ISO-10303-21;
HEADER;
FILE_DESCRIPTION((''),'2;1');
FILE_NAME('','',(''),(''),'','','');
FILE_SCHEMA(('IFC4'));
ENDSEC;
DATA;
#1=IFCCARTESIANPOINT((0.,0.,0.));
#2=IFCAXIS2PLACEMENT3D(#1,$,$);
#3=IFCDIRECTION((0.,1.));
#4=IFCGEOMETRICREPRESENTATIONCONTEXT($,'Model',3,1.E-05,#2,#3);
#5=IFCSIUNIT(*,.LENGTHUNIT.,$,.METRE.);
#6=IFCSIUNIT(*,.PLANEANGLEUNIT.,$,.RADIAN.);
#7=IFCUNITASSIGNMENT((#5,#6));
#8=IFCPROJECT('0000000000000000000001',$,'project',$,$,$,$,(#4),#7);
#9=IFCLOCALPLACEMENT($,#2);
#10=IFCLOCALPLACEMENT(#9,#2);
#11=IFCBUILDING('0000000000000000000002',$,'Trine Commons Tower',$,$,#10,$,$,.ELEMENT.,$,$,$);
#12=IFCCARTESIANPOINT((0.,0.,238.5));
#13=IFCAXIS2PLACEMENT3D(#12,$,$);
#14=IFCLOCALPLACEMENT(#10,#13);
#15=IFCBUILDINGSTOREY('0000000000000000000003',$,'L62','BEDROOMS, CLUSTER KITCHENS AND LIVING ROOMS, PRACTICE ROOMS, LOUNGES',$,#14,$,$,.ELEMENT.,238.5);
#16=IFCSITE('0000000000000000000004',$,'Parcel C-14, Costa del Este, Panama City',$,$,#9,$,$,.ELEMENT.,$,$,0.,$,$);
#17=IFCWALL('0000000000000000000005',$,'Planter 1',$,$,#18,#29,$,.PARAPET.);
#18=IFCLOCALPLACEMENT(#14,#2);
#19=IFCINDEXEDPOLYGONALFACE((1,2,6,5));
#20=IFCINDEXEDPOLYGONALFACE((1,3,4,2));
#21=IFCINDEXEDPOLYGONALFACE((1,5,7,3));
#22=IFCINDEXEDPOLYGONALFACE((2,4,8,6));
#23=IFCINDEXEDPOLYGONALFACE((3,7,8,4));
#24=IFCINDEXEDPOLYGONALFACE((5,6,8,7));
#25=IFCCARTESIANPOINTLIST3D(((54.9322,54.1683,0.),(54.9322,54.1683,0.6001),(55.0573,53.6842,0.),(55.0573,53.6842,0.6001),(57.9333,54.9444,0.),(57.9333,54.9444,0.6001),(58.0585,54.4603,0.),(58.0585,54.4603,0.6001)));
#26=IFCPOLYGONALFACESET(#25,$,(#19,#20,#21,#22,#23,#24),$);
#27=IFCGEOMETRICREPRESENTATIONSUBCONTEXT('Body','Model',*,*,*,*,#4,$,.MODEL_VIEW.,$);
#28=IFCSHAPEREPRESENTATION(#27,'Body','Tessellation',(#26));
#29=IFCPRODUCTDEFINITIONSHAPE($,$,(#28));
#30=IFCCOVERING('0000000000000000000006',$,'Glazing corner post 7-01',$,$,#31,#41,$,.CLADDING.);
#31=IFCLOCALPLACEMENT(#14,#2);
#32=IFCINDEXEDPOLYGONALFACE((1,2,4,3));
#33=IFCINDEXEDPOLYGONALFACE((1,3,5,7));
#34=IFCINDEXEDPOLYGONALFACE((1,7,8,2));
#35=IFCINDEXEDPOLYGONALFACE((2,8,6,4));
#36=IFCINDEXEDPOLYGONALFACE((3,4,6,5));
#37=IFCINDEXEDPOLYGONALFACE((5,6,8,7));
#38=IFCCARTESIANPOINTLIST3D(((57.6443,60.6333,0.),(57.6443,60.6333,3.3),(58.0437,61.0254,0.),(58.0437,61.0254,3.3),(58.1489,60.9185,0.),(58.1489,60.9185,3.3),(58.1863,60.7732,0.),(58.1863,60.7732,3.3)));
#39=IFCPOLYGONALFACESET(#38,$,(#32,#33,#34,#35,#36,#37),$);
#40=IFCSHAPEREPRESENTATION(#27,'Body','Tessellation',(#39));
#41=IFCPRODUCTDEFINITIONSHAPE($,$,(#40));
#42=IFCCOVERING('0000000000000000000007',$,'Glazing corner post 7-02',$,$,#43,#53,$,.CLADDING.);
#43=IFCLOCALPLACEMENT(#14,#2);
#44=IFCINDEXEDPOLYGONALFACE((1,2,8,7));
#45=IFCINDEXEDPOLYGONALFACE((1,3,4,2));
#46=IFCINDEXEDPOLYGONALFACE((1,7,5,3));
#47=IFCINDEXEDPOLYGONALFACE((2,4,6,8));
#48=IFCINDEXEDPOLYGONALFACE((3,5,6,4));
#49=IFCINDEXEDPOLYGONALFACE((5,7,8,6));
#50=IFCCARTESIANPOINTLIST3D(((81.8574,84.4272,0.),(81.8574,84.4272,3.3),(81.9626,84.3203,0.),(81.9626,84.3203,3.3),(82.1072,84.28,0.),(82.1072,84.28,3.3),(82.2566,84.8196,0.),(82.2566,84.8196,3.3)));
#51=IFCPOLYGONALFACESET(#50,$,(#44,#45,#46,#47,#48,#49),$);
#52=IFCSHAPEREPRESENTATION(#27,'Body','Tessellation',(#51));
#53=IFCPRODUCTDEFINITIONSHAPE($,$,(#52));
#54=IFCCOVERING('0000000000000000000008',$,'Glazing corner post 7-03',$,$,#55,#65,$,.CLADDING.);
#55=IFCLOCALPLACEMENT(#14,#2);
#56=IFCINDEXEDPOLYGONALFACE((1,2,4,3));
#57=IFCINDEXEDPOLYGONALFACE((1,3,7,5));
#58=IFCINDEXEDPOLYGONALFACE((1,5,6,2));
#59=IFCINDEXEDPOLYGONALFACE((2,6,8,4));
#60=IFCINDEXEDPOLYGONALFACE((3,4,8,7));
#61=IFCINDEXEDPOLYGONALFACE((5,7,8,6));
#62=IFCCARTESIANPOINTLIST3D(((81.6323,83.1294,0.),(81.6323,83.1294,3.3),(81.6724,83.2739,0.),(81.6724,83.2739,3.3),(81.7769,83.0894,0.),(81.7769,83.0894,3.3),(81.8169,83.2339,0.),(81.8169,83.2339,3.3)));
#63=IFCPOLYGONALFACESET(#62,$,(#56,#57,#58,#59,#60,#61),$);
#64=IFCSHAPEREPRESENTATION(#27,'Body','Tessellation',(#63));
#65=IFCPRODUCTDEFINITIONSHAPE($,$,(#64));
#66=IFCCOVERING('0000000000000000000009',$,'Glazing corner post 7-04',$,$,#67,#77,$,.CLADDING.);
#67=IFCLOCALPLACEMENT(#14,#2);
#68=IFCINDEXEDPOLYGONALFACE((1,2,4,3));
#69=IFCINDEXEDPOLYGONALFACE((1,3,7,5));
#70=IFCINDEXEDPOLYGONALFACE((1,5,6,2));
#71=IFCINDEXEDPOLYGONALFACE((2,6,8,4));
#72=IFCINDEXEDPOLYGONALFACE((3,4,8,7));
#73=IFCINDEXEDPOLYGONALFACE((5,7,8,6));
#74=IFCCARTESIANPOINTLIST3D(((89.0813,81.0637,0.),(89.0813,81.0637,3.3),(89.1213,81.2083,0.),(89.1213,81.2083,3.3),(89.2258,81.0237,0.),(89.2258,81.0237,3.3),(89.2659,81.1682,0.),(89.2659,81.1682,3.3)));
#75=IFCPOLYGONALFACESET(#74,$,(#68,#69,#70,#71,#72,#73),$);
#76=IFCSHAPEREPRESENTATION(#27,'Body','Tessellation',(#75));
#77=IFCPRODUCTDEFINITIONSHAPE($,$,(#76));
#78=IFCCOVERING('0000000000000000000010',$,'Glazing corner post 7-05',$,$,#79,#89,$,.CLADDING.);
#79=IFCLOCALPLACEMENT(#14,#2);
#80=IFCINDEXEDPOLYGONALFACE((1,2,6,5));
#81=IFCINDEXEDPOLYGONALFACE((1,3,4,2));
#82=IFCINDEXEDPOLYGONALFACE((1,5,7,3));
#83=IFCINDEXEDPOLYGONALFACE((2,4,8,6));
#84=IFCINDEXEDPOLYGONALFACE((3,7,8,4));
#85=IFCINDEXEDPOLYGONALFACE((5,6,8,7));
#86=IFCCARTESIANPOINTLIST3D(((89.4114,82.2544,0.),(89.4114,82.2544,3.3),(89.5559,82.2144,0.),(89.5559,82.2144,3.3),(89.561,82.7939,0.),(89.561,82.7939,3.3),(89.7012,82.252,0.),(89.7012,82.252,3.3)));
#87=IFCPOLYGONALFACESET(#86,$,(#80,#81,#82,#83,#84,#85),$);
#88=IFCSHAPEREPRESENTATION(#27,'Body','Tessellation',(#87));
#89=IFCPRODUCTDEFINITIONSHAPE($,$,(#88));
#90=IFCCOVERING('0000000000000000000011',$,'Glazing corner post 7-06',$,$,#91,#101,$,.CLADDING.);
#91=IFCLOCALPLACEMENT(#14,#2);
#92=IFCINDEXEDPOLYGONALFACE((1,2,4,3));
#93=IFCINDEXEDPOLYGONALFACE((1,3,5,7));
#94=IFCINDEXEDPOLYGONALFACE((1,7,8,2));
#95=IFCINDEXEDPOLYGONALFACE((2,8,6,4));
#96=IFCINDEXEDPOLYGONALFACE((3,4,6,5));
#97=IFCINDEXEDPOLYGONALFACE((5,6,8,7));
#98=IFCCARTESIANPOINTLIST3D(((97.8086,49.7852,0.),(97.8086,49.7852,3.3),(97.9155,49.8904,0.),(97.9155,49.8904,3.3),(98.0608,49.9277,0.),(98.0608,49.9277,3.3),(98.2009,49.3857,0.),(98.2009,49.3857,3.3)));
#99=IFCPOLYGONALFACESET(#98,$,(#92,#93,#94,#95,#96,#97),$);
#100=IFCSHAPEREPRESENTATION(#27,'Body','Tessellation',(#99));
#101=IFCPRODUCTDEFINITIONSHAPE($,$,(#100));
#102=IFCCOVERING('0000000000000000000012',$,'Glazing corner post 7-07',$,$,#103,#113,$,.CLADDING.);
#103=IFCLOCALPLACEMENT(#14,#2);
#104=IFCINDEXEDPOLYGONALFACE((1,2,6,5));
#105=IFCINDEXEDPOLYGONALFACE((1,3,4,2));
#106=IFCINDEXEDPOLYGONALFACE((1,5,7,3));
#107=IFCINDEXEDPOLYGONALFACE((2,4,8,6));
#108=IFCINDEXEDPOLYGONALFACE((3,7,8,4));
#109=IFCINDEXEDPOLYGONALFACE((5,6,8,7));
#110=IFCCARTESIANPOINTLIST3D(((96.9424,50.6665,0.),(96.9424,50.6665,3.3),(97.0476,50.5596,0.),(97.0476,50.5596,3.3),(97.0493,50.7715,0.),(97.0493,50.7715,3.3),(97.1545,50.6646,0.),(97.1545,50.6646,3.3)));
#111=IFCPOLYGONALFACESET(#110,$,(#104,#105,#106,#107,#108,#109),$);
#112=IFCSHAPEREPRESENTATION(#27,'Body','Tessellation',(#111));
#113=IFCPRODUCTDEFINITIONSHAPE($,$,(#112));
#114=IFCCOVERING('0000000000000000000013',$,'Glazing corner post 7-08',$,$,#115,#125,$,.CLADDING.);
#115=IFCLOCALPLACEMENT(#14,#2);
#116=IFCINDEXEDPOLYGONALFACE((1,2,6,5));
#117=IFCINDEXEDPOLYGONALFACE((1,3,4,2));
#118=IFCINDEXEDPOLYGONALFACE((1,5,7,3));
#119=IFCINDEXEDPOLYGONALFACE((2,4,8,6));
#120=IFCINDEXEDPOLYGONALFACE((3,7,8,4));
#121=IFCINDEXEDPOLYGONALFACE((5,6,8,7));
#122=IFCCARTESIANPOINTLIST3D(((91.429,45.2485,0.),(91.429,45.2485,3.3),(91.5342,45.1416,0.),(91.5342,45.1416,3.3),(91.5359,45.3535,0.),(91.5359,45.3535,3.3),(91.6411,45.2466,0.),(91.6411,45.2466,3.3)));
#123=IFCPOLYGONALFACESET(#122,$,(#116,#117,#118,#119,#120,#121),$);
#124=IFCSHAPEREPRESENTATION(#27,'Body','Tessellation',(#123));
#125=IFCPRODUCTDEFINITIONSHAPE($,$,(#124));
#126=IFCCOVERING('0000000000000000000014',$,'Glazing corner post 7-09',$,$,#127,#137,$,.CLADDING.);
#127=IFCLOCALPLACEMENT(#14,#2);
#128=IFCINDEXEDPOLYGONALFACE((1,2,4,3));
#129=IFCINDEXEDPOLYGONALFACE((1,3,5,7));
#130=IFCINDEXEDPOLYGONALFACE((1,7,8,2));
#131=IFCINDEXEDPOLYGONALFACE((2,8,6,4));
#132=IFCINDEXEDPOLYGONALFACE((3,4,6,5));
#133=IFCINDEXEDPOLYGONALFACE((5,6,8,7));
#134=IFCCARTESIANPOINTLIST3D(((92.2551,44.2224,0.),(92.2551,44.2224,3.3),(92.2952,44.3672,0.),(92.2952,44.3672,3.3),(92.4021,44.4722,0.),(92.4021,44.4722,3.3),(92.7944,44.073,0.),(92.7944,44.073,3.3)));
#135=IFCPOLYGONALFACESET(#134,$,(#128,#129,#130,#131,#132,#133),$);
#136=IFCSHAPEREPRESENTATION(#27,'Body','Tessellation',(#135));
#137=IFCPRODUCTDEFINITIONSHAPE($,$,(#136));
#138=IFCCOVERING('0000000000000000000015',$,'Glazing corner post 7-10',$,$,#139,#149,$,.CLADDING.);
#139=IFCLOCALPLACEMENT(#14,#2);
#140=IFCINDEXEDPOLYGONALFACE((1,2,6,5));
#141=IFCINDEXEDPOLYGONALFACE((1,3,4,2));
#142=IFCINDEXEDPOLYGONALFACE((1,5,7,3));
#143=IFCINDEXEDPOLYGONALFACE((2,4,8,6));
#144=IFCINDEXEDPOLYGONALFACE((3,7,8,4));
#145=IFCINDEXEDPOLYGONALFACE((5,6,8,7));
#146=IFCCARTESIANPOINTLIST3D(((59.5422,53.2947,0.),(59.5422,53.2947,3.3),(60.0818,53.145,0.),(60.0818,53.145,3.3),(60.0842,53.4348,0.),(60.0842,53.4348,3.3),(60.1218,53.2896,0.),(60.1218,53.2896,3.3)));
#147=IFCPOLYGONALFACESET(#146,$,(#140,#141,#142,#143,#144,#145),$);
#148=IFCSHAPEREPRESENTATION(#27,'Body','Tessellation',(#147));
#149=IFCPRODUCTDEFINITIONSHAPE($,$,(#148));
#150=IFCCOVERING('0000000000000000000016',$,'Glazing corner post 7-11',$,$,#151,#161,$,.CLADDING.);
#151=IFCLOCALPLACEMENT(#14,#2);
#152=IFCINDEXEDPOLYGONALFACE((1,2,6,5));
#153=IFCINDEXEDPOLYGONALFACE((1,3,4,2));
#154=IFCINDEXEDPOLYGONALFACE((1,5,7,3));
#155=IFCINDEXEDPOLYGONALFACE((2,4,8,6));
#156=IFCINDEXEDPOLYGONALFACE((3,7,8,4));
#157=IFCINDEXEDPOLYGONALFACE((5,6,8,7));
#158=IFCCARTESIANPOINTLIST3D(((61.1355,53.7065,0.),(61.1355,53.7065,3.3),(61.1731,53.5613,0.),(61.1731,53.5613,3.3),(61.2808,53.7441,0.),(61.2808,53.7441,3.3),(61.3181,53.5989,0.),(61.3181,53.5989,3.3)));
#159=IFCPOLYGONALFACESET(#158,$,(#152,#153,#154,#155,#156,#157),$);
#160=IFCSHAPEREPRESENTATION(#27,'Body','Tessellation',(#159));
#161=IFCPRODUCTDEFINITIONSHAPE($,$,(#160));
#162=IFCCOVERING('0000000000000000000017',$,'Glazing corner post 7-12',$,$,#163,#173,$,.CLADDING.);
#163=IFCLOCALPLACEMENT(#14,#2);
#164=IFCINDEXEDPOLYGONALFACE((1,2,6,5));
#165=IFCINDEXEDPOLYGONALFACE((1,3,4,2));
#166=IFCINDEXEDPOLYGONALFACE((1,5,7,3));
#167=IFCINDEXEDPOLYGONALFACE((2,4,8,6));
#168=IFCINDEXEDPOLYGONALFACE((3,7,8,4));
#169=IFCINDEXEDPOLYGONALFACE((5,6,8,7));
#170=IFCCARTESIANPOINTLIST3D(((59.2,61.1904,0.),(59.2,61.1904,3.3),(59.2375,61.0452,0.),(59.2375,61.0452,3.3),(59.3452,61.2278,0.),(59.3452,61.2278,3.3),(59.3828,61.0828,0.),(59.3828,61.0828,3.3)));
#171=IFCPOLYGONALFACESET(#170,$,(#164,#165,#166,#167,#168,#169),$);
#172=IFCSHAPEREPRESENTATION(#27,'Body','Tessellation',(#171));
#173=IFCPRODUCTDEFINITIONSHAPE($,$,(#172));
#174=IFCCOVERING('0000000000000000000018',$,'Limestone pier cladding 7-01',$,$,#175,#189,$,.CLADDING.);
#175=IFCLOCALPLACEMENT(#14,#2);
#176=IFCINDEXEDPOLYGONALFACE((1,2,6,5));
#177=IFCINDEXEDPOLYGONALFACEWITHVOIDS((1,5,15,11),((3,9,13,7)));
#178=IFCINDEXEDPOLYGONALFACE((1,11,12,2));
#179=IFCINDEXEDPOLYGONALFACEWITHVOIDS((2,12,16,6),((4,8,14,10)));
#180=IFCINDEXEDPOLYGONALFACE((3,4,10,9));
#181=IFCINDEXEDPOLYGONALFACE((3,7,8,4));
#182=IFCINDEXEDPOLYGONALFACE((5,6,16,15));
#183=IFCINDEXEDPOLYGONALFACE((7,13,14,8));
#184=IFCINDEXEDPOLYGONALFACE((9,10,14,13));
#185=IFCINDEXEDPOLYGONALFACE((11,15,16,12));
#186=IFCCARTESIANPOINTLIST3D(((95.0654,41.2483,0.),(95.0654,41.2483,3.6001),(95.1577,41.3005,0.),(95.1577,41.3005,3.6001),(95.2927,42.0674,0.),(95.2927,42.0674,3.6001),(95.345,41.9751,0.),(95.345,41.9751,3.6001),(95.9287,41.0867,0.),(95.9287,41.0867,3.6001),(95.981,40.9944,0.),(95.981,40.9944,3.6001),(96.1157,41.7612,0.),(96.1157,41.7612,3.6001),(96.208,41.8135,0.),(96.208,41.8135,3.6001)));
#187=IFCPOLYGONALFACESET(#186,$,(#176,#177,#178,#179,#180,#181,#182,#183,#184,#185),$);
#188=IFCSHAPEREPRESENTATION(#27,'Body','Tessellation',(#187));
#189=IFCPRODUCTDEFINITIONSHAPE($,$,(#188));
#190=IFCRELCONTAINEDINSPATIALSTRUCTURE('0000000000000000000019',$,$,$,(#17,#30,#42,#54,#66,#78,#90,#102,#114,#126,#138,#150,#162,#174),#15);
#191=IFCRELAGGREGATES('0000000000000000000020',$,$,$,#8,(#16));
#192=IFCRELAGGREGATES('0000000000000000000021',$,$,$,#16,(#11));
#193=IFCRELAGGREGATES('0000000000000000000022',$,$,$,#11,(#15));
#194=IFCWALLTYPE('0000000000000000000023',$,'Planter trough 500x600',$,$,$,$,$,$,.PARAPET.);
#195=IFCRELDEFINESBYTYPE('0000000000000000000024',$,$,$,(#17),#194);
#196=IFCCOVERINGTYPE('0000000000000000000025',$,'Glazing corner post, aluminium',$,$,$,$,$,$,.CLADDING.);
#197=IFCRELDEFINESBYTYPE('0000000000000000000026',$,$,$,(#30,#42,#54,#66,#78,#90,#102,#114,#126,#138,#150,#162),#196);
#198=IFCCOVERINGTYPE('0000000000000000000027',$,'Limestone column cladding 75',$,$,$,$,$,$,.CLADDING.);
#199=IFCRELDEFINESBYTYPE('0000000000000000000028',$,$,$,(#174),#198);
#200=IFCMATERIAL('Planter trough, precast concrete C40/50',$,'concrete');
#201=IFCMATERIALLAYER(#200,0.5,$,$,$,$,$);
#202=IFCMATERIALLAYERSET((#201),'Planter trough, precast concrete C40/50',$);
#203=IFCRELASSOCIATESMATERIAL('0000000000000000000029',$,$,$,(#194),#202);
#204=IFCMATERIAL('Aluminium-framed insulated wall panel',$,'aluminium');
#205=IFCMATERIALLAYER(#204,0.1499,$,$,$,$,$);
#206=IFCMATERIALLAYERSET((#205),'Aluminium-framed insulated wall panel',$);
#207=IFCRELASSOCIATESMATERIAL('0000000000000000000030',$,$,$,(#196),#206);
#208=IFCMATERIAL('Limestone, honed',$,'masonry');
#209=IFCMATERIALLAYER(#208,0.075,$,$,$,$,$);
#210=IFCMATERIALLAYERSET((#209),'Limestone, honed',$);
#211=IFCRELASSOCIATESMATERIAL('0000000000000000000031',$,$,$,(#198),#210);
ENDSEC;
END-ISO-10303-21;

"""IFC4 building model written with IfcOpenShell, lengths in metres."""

from ifc_helpers import new_model, si_unit, direction, frame, frame_2d, origin, place, context, subcontext, project, spatial, polyline, rectangle, outline, extrude, material, layer, layer_set, type_object, element, save


model = new_model("IFC4")

# Units and contexts
model_context = context("Model", 3, precision=1e-05, world=origin(), true_north=direction((0.0, 1.0)))
body_context = subcontext(model_context, "Body", "Model", "MODEL_VIEW")
ifc_project = project(units=[si_unit("LENGTHUNIT", "METRE"), si_unit("PLANEANGLEUNIT", "RADIAN")], contexts=[model_context])

# Site, building, storey
site_placement = place(None, origin())
site = spatial("IfcSite", under=ifc_project, at=site_placement, Name="Parcel C-14, Costa del Este, Panama City", CompositionType="ELEMENT", RefElevation=0.0)
building_placement = place(site_placement, origin())
building = spatial("IfcBuilding", under=site, at=building_placement, Name="Trine Commons Tower", CompositionType="ELEMENT")
storey_placement = place(building_placement, frame((0.0, 0.0, 238.5)))
storey = spatial("IfcBuildingStorey", under=building, at=storey_placement, Name="L62", Description="BEDROOMS, CLUSTER KITCHENS AND LIVING ROOMS, PRACTICE ROOMS, LOUNGES", CompositionType="ELEMENT", Elevation=238.5)

# Wall
ifc_material_1 = material(Name="Planter trough, precast concrete C40/50", Category="concrete")
ifc_layer_1 = layer(ifc_material_1, 0.5)
ifc_layer_set_1 = layer_set([ifc_layer_1], Name="Planter trough, precast concrete C40/50")
wall_type = type_object("IfcWallType", Name="Planter trough 500x600", PredefinedType="PARAPET", material=ifc_layer_set_1)
wall_placement = place(storey_placement, frame((54.9949, 53.9263, 0.0), z_axis=(0.0, 0.0, 1.0), x_axis=(0.968151, 0.250366, 0.0)))
element("IfcWall", 1, at=wall_placement, inside=storey, type_object=wall_type, Name="Planter 1", PredefinedType="PARAPET", context=body_context, shape_type="SweptSolid", body=[
    extrude(rectangle(XDim=3.0999, YDim=0.5, at=frame_2d((1.5498, 0.0))), origin(), (0.0, 0.0, 1.0), 0.6001),
])

# Coverings
ifc_material_2 = material(Name="Aluminium-framed insulated wall panel", Category="aluminium")
ifc_layer_2 = layer(ifc_material_2, 0.1499)
ifc_layer_set_2 = layer_set([ifc_layer_2], Name="Aluminium-framed insulated wall panel")
covering_type_1 = type_object("IfcCoveringType", Name="Glazing corner post, aluminium", PredefinedType="CLADDING", material=ifc_layer_set_2)
covering_1_placement = place(storey_placement, origin())
element("IfcCovering", 2, at=covering_1_placement, inside=storey, type_object=covering_type_1, Name="Glazing corner post 7-01", PredefinedType="CLADDING", context=body_context, shape_type="SweptSolid", body=[
    extrude(outline(polyline([(58.1863, 60.7732), (58.1489, 60.9185), (58.0437, 61.0254), (57.6443, 60.6333), (58.1863, 60.7732)])), origin(), (0.0, 0.0, 1.0), 3.3),
])
covering_2_placement = place(storey_placement, origin())
element("IfcCovering", 3, at=covering_2_placement, inside=storey, type_object=covering_type_1, Name="Glazing corner post 7-02", PredefinedType="CLADDING", context=body_context, shape_type="SweptSolid", body=[
    extrude(outline(polyline([(82.1072, 84.28), (82.2566, 84.8196), (81.8574, 84.4272), (81.9626, 84.3203), (82.1072, 84.28)])), origin(), (0.0, 0.0, 1.0), 3.3),
])
covering_3_placement = place(storey_placement, origin())
element("IfcCovering", 4, at=covering_3_placement, inside=storey, type_object=covering_type_1, Name="Glazing corner post 7-03", PredefinedType="CLADDING", context=body_context, shape_type="SweptSolid", body=[
    extrude(outline(polyline([(81.7769, 83.0894), (81.8169, 83.2339), (81.6724, 83.2739), (81.6323, 83.1294), (81.7769, 83.0894)])), origin(), (0.0, 0.0, 1.0), 3.3),
])
covering_4_placement = place(storey_placement, origin())
element("IfcCovering", 5, at=covering_4_placement, inside=storey, type_object=covering_type_1, Name="Glazing corner post 7-04", PredefinedType="CLADDING", context=body_context, shape_type="SweptSolid", body=[
    extrude(outline(polyline([(89.0813, 81.0637), (89.2258, 81.0237), (89.2659, 81.1682), (89.1213, 81.2083), (89.0813, 81.0637)])), origin(), (0.0, 0.0, 1.0), 3.3),
])
covering_5_placement = place(storey_placement, origin())
element("IfcCovering", 6, at=covering_5_placement, inside=storey, type_object=covering_type_1, Name="Glazing corner post 7-05", PredefinedType="CLADDING", context=body_context, shape_type="SweptSolid", body=[
    extrude(outline(polyline([(89.4114, 82.2544), (89.5559, 82.2144), (89.7012, 82.252), (89.561, 82.7939), (89.4114, 82.2544)])), origin(), (0.0, 0.0, 1.0), 3.3),
])
covering_6_placement = place(storey_placement, origin())
element("IfcCovering", 7, at=covering_6_placement, inside=storey, type_object=covering_type_1, Name="Glazing corner post 7-06", PredefinedType="CLADDING", context=body_context, shape_type="SweptSolid", body=[
    extrude(outline(polyline([(97.8086, 49.7852), (98.2009, 49.3857), (98.0608, 49.9277), (97.9155, 49.8904), (97.9155, 49.8904), (97.8086, 49.7852)])), origin(), (0.0, 0.0, 1.0), 3.3),
])
covering_7_placement = place(storey_placement, origin())
element("IfcCovering", 8, at=covering_7_placement, inside=storey, type_object=covering_type_1, Name="Glazing corner post 7-07", PredefinedType="CLADDING", context=body_context, shape_type="SweptSolid", body=[
    extrude(outline(polyline([(96.9424, 50.6665), (97.0476, 50.5596), (97.1545, 50.6646), (97.0493, 50.7715), (96.9424, 50.6665)])), origin(), (0.0, 0.0, 1.0), 3.3),
])
covering_8_placement = place(storey_placement, origin())
element("IfcCovering", 9, at=covering_8_placement, inside=storey, type_object=covering_type_1, Name="Glazing corner post 7-08", PredefinedType="CLADDING", context=body_context, shape_type="SweptSolid", body=[
    extrude(outline(polyline([(91.5342, 45.1416), (91.6411, 45.2466), (91.5359, 45.3535), (91.429, 45.2485), (91.5342, 45.1416)])), origin(), (0.0, 0.0, 1.0), 3.3),
])
covering_9_placement = place(storey_placement, origin())
element("IfcCovering", 10, at=covering_9_placement, inside=storey, type_object=covering_type_1, Name="Glazing corner post 7-09", PredefinedType="CLADDING", context=body_context, shape_type="SweptSolid", body=[
    extrude(outline(polyline([(92.2551, 44.2224), (92.7944, 44.073), (92.4021, 44.4722), (92.2952, 44.3672), (92.2551, 44.2224)])), origin(), (0.0, 0.0, 1.0), 3.3),
])
covering_10_placement = place(storey_placement, origin())
element("IfcCovering", 11, at=covering_10_placement, inside=storey, type_object=covering_type_1, Name="Glazing corner post 7-10", PredefinedType="CLADDING", context=body_context, shape_type="SweptSolid", body=[
    extrude(outline(polyline([(60.0818, 53.145), (60.1218, 53.2896), (60.0842, 53.4348), (59.5422, 53.2947), (60.0818, 53.145)])), origin(), (0.0, 0.0, 1.0), 3.3),
])
covering_11_placement = place(storey_placement, origin())
element("IfcCovering", 12, at=covering_11_placement, inside=storey, type_object=covering_type_1, Name="Glazing corner post 7-11", PredefinedType="CLADDING", context=body_context, shape_type="SweptSolid", body=[
    extrude(outline(polyline([(61.1355, 53.7065), (61.1355, 53.7065), (61.1731, 53.5613), (61.3181, 53.5989), (61.2808, 53.7441), (61.1355, 53.7065)])), origin(), (0.0, 0.0, 1.0), 3.3),
])
covering_12_placement = place(storey_placement, origin())
element("IfcCovering", 13, at=covering_12_placement, inside=storey, type_object=covering_type_1, Name="Glazing corner post 7-12", PredefinedType="CLADDING", context=body_context, shape_type="SweptSolid", body=[
    extrude(outline(polyline([(59.2, 61.1904), (59.2375, 61.0452), (59.3828, 61.0828), (59.3452, 61.2278), (59.2, 61.1904)])), origin(), (0.0, 0.0, 1.0), 3.3),
])
ifc_material_3 = material(Name="Limestone, honed", Category="masonry")
ifc_layer_3 = layer(ifc_material_3, 0.075)
ifc_layer_set_3 = layer_set([ifc_layer_3], Name="Limestone, honed")
covering_type_2 = type_object("IfcCoveringType", Name="Limestone column cladding 75", PredefinedType="CLADDING", material=ifc_layer_set_3)
covering_13_placement = place(storey_placement, origin())
element("IfcCovering", 14, at=covering_13_placement, inside=storey, type_object=covering_type_2, Name="Limestone pier cladding 7-01", PredefinedType="CLADDING", context=body_context, shape_type="SweptSolid", body=[
    extrude(outline(polyline([(95.2927, 42.0674), (95.0654, 41.2483), (95.981, 40.9944), (96.208, 41.8135), (95.2927, 42.0674)]), holes=[polyline([(95.345, 41.9751), (95.1577, 41.3005), (95.9287, 41.0867), (96.1157, 41.7612), (95.345, 41.9751)])]), origin(), (0.0, 0.0, 1.0), 3.6001),
])

save(model, "model.ifc")
